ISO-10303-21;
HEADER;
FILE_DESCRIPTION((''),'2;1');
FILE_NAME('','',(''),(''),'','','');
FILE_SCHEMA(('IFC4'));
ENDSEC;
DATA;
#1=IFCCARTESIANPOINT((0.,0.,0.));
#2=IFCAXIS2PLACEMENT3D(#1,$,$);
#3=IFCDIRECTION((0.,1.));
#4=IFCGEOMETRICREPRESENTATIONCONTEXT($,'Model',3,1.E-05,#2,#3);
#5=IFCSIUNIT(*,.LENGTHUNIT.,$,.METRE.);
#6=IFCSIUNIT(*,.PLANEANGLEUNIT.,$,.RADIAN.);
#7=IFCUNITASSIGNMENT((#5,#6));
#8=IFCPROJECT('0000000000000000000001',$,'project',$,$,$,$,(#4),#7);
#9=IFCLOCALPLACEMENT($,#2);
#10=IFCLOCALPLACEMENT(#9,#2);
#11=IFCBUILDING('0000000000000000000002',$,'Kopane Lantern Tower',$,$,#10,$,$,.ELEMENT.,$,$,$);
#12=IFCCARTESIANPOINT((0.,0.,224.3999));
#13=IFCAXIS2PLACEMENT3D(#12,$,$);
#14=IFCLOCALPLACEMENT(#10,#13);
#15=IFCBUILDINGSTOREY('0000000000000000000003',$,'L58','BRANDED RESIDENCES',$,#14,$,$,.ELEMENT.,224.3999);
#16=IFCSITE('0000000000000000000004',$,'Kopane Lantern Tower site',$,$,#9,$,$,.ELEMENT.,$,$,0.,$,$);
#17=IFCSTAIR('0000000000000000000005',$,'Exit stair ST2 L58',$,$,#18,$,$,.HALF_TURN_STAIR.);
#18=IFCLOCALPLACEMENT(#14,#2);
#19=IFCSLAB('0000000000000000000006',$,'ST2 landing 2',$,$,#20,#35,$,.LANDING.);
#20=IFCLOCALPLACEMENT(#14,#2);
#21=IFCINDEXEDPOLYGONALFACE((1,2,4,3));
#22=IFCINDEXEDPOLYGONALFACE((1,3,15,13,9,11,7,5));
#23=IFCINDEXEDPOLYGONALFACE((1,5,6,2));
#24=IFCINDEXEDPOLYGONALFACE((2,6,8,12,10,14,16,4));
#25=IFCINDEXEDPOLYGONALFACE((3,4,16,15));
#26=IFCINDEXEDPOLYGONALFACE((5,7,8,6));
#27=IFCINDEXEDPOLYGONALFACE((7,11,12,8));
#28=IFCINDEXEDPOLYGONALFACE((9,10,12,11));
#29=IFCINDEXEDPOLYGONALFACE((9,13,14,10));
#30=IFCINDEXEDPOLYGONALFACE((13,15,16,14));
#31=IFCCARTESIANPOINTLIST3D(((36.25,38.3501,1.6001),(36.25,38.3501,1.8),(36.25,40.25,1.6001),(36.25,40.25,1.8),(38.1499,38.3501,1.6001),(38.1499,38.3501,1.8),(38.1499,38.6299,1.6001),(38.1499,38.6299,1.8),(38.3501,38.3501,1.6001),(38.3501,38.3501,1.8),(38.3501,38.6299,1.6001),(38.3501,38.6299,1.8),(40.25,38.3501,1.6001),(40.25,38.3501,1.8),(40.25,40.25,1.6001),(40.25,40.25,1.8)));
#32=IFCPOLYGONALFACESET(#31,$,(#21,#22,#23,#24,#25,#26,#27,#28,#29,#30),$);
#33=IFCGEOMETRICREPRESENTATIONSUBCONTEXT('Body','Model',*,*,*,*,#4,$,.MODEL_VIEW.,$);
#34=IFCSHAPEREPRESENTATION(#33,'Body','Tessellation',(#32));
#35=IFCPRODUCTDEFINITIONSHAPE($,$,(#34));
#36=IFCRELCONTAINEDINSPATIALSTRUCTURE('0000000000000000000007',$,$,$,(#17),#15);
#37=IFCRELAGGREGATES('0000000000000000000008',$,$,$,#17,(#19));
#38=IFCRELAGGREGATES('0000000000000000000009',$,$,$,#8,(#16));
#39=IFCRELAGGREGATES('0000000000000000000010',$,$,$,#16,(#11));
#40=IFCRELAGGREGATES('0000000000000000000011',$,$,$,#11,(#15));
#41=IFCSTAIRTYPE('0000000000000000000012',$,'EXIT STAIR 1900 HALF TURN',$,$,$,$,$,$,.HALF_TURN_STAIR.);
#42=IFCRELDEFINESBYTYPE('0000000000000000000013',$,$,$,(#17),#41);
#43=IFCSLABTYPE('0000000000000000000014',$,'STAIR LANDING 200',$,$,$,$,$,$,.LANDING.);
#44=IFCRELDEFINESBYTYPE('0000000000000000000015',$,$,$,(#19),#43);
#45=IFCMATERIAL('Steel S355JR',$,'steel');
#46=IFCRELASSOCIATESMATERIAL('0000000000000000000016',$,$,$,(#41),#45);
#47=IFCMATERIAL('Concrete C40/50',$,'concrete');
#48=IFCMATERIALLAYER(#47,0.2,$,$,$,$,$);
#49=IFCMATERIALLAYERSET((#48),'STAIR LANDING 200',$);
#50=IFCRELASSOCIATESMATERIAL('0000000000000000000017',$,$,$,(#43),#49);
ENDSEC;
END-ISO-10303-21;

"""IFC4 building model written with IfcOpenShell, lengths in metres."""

from ifc_helpers import new_model, si_unit, direction, frame, origin, place, context, subcontext, project, spatial, polyline, outline, extrude, material, layer, layer_set, type_object, element, aggregate, save


model = new_model("IFC4")

# Units and contexts
model_context = context("Model", 3, precision=1e-05, world=origin(), true_north=direction((0.0, 1.0)))
body_context = subcontext(model_context, "Body", "Model", "MODEL_VIEW")
ifc_project = project(units=[si_unit("LENGTHUNIT", "METRE"), si_unit("PLANEANGLEUNIT", "RADIAN")], contexts=[model_context])

# Site, building, storey
site_placement = place(None, origin())
site = spatial("IfcSite", under=ifc_project, at=site_placement, Name="Kopane Lantern Tower site", CompositionType="ELEMENT", RefElevation=0.0)
building_placement = place(site_placement, origin())
building = spatial("IfcBuilding", under=site, at=building_placement, Name="Kopane Lantern Tower", CompositionType="ELEMENT")
storey_placement = place(building_placement, frame((0.0, 0.0, 224.3999)))
storey = spatial("IfcBuildingStorey", under=building, at=storey_placement, Name="L58", Description="BRANDED RESIDENCES", CompositionType="ELEMENT", Elevation=224.3999)

# Stair, slab
ifc_material_1 = material(Name="Steel S355JR", Category="steel")
stair_type = type_object("IfcStairType", Name="EXIT STAIR 1900 HALF TURN", PredefinedType="HALF_TURN_STAIR", material=ifc_material_1)
ifc_material_2 = material(Name="Concrete C40/50", Category="concrete")
ifc_layer_1 = layer(ifc_material_2, 0.2)
ifc_layer_set_1 = layer_set([ifc_layer_1], Name="STAIR LANDING 200")
slab_type_1 = type_object("IfcSlabType", Name="STAIR LANDING 200", PredefinedType="LANDING", material=ifc_layer_set_1)
stair_1_placement = place(storey_placement, origin())
stair_1 = element("IfcStair", 1, at=stair_1_placement, inside=storey, type_object=stair_type, Name="Exit stair ST2 L58", PredefinedType="HALF_TURN_STAIR")
slab_1_placement = place(storey_placement, frame((0.0, 0.0, 1.6001)))
slab_1 = element("IfcSlab", 2, at=slab_1_placement, type_object=slab_type_1, Name="ST2 landing 2", PredefinedType="LANDING", context=body_context, shape_type="SweptSolid", body=[
    extrude(outline(polyline([(38.1499, 38.6299), (38.3501, 38.6299), (38.3501, 38.3501), (40.25, 38.3501), (40.25, 40.25), (36.25, 40.25), (36.25, 38.3501), (38.1499, 38.3501), (38.1499, 38.6299)])), origin(), (0.0, 0.0, 1.0), 0.2),
])
aggregate(stair_1, [slab_1])

save(model, "model.ifc")
